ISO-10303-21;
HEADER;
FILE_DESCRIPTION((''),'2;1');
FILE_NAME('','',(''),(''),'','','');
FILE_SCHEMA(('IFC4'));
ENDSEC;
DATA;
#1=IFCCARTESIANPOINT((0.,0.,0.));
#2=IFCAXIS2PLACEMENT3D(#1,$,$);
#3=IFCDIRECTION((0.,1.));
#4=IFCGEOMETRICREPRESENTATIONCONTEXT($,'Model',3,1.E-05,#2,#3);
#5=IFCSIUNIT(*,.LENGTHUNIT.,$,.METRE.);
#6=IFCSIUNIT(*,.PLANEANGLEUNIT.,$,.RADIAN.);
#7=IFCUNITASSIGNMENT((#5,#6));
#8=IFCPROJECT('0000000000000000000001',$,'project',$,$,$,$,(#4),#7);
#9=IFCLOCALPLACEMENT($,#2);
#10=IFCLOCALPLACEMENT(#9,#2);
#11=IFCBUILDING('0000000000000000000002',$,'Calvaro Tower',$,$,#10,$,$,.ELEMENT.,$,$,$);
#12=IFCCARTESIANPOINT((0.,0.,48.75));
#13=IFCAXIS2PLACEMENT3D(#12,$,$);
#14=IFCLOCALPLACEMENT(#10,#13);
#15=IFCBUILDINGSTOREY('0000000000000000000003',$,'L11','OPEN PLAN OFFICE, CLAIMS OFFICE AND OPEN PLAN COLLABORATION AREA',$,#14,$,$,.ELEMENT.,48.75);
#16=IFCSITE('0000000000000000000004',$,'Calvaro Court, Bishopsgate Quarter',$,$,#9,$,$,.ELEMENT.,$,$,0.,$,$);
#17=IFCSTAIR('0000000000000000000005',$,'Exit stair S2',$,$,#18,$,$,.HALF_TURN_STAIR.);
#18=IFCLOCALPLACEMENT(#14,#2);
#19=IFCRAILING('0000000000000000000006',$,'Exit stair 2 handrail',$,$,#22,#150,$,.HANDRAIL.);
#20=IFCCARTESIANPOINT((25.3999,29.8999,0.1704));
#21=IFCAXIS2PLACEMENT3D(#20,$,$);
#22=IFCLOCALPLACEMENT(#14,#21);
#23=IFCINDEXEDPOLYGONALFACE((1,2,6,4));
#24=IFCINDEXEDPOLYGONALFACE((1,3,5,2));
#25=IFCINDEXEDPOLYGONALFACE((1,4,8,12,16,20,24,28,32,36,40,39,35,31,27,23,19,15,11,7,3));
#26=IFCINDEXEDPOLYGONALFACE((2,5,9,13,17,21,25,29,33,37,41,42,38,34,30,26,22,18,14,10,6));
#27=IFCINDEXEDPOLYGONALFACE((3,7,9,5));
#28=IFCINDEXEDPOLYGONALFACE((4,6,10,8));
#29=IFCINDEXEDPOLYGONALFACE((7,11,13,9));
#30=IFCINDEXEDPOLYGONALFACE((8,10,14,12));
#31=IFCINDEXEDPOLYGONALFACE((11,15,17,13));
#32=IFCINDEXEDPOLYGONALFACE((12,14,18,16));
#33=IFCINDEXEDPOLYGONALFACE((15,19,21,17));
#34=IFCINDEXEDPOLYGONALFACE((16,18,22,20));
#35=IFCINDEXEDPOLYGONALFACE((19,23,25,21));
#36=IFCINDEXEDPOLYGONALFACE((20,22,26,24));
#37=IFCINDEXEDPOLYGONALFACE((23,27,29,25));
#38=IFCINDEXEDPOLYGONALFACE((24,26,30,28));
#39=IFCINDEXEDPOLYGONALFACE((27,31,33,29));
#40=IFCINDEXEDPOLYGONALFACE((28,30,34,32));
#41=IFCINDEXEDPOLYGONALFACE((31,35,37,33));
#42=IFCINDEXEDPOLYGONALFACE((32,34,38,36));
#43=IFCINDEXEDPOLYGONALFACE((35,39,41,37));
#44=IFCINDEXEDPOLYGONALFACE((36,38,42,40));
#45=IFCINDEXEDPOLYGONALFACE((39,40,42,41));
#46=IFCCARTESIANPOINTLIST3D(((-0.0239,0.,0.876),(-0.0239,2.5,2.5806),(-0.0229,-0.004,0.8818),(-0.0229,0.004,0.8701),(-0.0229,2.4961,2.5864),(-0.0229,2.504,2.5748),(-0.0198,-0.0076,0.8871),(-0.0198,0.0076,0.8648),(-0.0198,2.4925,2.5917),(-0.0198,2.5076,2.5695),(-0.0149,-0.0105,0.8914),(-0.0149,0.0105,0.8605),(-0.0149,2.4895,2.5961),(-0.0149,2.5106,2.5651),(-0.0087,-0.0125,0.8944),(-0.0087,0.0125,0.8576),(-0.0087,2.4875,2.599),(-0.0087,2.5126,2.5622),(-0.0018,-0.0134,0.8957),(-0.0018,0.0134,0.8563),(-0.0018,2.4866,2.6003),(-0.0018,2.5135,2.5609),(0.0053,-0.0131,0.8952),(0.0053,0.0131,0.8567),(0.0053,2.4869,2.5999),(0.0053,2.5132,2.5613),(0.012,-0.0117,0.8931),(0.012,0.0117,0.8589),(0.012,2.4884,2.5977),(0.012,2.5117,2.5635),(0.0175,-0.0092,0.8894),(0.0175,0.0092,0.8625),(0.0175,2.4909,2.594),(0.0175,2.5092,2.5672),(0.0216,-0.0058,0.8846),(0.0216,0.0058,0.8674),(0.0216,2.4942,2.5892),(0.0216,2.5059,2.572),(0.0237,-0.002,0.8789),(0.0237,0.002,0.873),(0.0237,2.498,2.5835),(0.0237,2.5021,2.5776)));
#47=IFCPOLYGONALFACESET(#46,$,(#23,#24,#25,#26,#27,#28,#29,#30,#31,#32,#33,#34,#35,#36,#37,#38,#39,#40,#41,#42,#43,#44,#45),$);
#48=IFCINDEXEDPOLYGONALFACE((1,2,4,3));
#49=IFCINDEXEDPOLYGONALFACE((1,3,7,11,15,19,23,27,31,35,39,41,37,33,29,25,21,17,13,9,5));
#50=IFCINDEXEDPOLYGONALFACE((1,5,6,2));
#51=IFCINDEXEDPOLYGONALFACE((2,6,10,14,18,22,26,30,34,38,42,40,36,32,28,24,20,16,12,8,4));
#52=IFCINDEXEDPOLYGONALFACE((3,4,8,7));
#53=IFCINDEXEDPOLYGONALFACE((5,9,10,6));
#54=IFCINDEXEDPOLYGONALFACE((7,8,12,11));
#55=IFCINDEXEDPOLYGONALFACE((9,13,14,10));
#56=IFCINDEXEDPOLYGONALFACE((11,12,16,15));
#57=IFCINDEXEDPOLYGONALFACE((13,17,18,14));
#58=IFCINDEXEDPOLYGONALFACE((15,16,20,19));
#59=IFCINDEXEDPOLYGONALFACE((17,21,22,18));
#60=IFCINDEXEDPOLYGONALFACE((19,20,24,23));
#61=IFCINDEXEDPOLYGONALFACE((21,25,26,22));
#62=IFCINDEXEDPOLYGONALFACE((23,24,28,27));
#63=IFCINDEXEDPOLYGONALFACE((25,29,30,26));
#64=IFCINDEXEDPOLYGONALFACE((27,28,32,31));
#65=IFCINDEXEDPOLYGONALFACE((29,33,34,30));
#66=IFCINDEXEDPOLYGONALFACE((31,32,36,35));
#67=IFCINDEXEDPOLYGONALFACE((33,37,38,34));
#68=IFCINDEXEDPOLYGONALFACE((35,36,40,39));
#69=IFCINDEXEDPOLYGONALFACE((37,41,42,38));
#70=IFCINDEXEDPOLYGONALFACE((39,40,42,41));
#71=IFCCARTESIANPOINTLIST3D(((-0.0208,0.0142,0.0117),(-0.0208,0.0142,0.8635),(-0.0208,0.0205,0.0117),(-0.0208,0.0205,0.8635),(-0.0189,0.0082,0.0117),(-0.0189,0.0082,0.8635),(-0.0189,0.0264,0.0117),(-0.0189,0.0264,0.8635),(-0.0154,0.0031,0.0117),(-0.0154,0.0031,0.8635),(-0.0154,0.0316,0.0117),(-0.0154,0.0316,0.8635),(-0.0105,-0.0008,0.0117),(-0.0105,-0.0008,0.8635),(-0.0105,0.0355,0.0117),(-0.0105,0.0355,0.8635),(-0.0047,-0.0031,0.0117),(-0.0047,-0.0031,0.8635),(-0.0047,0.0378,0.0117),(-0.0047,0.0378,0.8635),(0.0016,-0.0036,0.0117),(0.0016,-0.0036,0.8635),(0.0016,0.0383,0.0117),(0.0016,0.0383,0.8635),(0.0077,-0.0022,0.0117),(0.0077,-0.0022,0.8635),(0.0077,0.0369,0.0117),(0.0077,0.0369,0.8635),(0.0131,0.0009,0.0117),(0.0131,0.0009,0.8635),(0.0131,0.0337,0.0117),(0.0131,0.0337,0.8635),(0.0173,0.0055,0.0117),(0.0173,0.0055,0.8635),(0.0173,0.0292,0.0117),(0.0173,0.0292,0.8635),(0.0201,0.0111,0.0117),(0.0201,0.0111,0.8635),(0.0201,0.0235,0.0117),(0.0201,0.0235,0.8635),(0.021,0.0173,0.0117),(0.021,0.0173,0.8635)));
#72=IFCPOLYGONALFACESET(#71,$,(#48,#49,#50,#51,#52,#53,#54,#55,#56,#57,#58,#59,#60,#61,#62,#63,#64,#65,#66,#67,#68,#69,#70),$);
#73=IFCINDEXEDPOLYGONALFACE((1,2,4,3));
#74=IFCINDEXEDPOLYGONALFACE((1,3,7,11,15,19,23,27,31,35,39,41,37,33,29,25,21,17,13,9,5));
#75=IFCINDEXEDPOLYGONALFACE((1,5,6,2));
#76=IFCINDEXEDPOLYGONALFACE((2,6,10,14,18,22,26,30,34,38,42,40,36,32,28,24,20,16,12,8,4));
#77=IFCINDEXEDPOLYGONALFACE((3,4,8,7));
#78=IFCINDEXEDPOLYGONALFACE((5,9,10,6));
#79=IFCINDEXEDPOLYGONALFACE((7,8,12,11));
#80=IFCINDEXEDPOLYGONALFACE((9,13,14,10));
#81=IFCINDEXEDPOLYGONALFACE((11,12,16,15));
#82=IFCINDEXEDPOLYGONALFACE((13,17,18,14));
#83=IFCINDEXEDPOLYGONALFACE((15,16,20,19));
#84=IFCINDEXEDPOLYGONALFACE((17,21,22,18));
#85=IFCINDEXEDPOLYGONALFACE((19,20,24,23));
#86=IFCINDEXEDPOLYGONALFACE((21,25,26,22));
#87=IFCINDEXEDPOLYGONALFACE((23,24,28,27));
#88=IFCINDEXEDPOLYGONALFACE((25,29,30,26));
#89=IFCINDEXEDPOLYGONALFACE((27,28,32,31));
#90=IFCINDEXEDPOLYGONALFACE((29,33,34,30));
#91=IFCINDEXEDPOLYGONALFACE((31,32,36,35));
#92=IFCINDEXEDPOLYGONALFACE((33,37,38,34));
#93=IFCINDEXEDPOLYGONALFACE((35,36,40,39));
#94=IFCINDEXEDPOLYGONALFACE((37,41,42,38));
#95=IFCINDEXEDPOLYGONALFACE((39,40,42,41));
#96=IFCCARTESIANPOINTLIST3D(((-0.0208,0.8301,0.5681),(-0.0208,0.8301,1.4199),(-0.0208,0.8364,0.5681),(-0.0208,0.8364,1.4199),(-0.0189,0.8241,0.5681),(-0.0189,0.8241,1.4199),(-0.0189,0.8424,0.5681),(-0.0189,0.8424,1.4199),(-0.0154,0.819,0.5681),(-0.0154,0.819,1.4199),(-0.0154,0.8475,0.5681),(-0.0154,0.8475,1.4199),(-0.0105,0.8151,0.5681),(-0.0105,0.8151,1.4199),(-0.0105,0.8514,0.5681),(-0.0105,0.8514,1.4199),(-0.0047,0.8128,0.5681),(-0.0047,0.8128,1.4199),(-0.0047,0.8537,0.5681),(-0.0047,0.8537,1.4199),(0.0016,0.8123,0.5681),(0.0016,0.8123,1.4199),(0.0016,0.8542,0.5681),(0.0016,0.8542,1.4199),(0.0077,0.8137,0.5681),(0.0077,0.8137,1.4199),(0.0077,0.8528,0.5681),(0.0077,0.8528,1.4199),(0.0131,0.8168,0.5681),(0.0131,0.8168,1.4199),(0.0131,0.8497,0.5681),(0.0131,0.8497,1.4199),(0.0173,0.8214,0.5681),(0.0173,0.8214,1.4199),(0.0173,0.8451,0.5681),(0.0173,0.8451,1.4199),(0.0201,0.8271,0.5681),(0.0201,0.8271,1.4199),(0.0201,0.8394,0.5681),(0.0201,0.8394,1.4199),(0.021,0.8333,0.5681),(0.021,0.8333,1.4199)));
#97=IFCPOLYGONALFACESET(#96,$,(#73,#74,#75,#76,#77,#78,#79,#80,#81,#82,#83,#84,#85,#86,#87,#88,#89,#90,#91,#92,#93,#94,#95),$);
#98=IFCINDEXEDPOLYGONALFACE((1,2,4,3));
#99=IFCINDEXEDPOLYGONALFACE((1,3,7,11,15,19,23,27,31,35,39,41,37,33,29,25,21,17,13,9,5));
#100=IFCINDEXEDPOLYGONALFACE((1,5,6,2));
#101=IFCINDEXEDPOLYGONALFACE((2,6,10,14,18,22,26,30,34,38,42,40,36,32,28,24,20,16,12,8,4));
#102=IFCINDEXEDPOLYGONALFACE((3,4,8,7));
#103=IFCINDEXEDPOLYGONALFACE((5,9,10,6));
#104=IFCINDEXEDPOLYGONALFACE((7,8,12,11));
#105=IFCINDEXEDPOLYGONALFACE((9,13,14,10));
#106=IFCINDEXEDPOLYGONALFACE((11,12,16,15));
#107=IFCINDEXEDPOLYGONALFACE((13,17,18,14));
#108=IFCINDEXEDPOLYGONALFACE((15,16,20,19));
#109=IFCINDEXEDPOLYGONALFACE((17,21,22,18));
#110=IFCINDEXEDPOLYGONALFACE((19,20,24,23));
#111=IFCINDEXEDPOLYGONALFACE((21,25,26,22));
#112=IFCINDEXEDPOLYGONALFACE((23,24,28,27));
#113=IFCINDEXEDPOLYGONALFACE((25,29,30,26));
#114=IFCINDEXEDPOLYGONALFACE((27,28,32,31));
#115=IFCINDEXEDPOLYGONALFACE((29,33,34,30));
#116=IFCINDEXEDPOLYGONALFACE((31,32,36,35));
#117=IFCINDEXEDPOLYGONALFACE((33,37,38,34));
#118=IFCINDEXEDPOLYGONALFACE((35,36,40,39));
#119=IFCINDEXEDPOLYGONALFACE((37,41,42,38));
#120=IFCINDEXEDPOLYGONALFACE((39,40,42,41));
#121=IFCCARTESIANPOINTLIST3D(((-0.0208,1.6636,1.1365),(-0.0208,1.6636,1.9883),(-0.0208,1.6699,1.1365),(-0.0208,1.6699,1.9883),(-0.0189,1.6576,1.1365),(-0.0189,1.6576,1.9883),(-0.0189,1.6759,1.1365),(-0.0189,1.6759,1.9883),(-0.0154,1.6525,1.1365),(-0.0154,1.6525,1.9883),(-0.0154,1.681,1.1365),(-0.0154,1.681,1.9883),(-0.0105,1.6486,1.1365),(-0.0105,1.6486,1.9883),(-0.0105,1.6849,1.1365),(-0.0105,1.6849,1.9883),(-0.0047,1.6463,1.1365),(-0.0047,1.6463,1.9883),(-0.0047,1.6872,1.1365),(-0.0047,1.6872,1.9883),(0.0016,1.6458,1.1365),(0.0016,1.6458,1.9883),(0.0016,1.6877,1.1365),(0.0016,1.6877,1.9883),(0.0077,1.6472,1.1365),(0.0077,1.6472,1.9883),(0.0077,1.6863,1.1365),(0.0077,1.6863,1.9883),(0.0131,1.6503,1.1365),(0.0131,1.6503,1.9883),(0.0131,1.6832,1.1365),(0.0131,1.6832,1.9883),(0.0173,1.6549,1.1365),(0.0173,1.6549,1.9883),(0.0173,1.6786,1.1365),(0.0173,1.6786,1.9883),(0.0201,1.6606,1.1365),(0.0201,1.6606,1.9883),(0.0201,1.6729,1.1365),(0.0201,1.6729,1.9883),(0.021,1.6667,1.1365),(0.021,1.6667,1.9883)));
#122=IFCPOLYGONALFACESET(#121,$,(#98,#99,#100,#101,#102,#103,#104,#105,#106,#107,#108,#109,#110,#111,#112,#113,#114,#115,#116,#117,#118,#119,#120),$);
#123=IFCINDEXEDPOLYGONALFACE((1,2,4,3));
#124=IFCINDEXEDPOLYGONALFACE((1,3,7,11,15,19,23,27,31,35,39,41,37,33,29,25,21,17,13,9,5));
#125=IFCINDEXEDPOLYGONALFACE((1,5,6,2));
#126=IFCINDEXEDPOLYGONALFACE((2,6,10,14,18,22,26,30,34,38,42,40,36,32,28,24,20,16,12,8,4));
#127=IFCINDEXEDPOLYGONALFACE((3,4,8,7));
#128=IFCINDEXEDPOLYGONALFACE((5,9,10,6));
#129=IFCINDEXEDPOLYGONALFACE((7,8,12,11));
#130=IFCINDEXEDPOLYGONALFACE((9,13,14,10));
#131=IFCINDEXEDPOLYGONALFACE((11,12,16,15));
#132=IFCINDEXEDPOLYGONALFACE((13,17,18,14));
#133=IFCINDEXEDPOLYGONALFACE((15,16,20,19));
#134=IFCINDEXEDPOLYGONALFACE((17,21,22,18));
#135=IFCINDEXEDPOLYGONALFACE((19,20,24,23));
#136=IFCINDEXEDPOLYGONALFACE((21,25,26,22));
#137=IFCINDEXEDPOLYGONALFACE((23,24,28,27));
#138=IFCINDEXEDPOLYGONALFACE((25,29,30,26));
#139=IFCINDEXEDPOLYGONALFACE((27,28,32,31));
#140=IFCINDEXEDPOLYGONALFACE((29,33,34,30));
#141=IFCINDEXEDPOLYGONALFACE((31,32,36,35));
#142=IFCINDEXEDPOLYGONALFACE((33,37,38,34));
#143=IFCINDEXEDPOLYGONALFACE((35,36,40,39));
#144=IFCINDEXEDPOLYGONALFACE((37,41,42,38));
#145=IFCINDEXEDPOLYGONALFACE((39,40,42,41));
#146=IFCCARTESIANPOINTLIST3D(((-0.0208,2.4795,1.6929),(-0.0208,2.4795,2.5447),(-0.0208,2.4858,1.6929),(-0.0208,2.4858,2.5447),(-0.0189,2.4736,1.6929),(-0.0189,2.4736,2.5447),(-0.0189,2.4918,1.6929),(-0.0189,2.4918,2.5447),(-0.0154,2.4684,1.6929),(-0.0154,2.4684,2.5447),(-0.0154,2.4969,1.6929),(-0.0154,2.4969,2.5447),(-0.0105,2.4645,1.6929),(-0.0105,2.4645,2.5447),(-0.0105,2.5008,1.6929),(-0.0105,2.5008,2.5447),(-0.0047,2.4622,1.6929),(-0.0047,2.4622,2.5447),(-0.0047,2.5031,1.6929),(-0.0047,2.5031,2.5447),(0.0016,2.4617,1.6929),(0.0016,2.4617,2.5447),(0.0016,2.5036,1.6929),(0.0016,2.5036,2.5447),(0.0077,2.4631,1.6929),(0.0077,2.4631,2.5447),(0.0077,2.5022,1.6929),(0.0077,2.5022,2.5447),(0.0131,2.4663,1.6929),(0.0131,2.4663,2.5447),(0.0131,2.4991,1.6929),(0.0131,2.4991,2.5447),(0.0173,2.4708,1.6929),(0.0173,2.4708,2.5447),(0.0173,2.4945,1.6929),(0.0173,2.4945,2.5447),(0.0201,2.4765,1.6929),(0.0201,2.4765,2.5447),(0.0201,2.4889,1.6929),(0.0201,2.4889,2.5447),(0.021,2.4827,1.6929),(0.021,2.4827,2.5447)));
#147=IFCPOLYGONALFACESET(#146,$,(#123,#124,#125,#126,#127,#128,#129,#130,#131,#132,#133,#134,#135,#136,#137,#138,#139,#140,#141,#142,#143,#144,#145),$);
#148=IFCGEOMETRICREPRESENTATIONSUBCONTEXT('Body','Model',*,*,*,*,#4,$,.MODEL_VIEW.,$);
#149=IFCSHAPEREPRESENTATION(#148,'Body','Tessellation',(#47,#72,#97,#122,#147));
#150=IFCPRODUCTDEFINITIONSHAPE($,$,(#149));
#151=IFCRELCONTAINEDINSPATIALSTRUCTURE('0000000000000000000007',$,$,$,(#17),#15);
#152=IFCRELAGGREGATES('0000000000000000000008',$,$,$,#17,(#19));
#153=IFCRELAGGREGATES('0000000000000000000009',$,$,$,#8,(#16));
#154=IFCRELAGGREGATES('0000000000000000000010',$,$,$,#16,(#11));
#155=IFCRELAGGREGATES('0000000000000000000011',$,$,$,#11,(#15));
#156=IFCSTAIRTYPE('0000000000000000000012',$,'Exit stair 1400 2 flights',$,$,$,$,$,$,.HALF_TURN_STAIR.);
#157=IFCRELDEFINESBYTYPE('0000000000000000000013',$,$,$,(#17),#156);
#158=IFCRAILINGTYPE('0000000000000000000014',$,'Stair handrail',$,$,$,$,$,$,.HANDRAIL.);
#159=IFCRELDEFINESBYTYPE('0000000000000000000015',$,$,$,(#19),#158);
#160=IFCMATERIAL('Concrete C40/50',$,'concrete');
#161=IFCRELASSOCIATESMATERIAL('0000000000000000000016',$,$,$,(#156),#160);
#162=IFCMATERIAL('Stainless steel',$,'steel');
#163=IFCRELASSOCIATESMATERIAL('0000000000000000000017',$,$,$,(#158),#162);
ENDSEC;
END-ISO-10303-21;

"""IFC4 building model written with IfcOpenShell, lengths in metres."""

from ifc_helpers import new_model, si_unit, direction, frame, origin, origin_2d, place, context, subcontext, project, spatial, circle, extrude, material, type_object, element, aggregate, save


model = new_model("IFC4")

# Units and contexts
model_context = context("Model", 3, precision=1e-05, world=origin(), true_north=direction((0.0, 1.0)))
body_context = subcontext(model_context, "Body", "Model", "MODEL_VIEW")
ifc_project = project(units=[si_unit("LENGTHUNIT", "METRE"), si_unit("PLANEANGLEUNIT", "RADIAN")], contexts=[model_context])

# Site, building, storey
site_placement = place(None, origin())
site = spatial("IfcSite", under=ifc_project, at=site_placement, Name="Calvaro Court, Bishopsgate Quarter", CompositionType="ELEMENT", RefElevation=0.0)
building_placement = place(site_placement, origin())
building = spatial("IfcBuilding", under=site, at=building_placement, Name="Calvaro Tower", CompositionType="ELEMENT")
storey_placement = place(building_placement, frame((0.0, 0.0, 48.75)))
storey = spatial("IfcBuildingStorey", under=building, at=storey_placement, Name="L11", Description="OPEN PLAN OFFICE, CLAIMS OFFICE AND OPEN PLAN COLLABORATION AREA", CompositionType="ELEMENT", Elevation=48.75)

# Stair, railing
ifc_material_1 = material(Name="Concrete C40/50", Category="concrete")
stair_type = type_object("IfcStairType", Name="Exit stair 1400 2 flights", PredefinedType="HALF_TURN_STAIR", material=ifc_material_1)
stair_placement = place(storey_placement, origin())
stair = element("IfcStair", 1, at=stair_placement, inside=storey, type_object=stair_type, Name="Exit stair S2", PredefinedType="HALF_TURN_STAIR")
ifc_material_2 = material(Name="Stainless steel", Category="steel")
railing_type = type_object("IfcRailingType", Name="Stair handrail", PredefinedType="HANDRAIL", material=ifc_material_2)
railing_1_placement = place(storey_placement, frame((25.3999, 29.8999, 0.1704)))
railing_1 = element("IfcRailing", 2, at=railing_1_placement, type_object=railing_type, Name="Exit stair 2 handrail", PredefinedType="HANDRAIL", context=body_context, shape_type="SweptSolid", body=[
    extrude(circle(Radius=0.0239, at=origin_2d()), frame((0.0, 0.0, 0.876), z_axis=(0.0, 0.826221, 0.563347), x_axis=(-1.0, 0.0, 0.0)), (0.0, 0.0, 1.0), 3.0259),
    extrude(circle(Radius=0.021, at=origin_2d()), frame((0.0, 0.0173, 0.0117)), (0.0, 0.0, 1.0), 0.8518),
    extrude(circle(Radius=0.021, at=origin_2d()), frame((0.0, 0.8333, 0.5681)), (0.0, 0.0, 1.0), 0.8518),
    extrude(circle(Radius=0.021, at=origin_2d()), frame((0.0, 1.6667, 1.1365)), (0.0, 0.0, 1.0), 0.8518),
    extrude(circle(Radius=0.021, at=origin_2d()), frame((0.0, 2.4827, 1.6929)), (0.0, 0.0, 1.0), 0.8518),
])
aggregate(stair, [railing_1])

save(model, "model.ifc")
